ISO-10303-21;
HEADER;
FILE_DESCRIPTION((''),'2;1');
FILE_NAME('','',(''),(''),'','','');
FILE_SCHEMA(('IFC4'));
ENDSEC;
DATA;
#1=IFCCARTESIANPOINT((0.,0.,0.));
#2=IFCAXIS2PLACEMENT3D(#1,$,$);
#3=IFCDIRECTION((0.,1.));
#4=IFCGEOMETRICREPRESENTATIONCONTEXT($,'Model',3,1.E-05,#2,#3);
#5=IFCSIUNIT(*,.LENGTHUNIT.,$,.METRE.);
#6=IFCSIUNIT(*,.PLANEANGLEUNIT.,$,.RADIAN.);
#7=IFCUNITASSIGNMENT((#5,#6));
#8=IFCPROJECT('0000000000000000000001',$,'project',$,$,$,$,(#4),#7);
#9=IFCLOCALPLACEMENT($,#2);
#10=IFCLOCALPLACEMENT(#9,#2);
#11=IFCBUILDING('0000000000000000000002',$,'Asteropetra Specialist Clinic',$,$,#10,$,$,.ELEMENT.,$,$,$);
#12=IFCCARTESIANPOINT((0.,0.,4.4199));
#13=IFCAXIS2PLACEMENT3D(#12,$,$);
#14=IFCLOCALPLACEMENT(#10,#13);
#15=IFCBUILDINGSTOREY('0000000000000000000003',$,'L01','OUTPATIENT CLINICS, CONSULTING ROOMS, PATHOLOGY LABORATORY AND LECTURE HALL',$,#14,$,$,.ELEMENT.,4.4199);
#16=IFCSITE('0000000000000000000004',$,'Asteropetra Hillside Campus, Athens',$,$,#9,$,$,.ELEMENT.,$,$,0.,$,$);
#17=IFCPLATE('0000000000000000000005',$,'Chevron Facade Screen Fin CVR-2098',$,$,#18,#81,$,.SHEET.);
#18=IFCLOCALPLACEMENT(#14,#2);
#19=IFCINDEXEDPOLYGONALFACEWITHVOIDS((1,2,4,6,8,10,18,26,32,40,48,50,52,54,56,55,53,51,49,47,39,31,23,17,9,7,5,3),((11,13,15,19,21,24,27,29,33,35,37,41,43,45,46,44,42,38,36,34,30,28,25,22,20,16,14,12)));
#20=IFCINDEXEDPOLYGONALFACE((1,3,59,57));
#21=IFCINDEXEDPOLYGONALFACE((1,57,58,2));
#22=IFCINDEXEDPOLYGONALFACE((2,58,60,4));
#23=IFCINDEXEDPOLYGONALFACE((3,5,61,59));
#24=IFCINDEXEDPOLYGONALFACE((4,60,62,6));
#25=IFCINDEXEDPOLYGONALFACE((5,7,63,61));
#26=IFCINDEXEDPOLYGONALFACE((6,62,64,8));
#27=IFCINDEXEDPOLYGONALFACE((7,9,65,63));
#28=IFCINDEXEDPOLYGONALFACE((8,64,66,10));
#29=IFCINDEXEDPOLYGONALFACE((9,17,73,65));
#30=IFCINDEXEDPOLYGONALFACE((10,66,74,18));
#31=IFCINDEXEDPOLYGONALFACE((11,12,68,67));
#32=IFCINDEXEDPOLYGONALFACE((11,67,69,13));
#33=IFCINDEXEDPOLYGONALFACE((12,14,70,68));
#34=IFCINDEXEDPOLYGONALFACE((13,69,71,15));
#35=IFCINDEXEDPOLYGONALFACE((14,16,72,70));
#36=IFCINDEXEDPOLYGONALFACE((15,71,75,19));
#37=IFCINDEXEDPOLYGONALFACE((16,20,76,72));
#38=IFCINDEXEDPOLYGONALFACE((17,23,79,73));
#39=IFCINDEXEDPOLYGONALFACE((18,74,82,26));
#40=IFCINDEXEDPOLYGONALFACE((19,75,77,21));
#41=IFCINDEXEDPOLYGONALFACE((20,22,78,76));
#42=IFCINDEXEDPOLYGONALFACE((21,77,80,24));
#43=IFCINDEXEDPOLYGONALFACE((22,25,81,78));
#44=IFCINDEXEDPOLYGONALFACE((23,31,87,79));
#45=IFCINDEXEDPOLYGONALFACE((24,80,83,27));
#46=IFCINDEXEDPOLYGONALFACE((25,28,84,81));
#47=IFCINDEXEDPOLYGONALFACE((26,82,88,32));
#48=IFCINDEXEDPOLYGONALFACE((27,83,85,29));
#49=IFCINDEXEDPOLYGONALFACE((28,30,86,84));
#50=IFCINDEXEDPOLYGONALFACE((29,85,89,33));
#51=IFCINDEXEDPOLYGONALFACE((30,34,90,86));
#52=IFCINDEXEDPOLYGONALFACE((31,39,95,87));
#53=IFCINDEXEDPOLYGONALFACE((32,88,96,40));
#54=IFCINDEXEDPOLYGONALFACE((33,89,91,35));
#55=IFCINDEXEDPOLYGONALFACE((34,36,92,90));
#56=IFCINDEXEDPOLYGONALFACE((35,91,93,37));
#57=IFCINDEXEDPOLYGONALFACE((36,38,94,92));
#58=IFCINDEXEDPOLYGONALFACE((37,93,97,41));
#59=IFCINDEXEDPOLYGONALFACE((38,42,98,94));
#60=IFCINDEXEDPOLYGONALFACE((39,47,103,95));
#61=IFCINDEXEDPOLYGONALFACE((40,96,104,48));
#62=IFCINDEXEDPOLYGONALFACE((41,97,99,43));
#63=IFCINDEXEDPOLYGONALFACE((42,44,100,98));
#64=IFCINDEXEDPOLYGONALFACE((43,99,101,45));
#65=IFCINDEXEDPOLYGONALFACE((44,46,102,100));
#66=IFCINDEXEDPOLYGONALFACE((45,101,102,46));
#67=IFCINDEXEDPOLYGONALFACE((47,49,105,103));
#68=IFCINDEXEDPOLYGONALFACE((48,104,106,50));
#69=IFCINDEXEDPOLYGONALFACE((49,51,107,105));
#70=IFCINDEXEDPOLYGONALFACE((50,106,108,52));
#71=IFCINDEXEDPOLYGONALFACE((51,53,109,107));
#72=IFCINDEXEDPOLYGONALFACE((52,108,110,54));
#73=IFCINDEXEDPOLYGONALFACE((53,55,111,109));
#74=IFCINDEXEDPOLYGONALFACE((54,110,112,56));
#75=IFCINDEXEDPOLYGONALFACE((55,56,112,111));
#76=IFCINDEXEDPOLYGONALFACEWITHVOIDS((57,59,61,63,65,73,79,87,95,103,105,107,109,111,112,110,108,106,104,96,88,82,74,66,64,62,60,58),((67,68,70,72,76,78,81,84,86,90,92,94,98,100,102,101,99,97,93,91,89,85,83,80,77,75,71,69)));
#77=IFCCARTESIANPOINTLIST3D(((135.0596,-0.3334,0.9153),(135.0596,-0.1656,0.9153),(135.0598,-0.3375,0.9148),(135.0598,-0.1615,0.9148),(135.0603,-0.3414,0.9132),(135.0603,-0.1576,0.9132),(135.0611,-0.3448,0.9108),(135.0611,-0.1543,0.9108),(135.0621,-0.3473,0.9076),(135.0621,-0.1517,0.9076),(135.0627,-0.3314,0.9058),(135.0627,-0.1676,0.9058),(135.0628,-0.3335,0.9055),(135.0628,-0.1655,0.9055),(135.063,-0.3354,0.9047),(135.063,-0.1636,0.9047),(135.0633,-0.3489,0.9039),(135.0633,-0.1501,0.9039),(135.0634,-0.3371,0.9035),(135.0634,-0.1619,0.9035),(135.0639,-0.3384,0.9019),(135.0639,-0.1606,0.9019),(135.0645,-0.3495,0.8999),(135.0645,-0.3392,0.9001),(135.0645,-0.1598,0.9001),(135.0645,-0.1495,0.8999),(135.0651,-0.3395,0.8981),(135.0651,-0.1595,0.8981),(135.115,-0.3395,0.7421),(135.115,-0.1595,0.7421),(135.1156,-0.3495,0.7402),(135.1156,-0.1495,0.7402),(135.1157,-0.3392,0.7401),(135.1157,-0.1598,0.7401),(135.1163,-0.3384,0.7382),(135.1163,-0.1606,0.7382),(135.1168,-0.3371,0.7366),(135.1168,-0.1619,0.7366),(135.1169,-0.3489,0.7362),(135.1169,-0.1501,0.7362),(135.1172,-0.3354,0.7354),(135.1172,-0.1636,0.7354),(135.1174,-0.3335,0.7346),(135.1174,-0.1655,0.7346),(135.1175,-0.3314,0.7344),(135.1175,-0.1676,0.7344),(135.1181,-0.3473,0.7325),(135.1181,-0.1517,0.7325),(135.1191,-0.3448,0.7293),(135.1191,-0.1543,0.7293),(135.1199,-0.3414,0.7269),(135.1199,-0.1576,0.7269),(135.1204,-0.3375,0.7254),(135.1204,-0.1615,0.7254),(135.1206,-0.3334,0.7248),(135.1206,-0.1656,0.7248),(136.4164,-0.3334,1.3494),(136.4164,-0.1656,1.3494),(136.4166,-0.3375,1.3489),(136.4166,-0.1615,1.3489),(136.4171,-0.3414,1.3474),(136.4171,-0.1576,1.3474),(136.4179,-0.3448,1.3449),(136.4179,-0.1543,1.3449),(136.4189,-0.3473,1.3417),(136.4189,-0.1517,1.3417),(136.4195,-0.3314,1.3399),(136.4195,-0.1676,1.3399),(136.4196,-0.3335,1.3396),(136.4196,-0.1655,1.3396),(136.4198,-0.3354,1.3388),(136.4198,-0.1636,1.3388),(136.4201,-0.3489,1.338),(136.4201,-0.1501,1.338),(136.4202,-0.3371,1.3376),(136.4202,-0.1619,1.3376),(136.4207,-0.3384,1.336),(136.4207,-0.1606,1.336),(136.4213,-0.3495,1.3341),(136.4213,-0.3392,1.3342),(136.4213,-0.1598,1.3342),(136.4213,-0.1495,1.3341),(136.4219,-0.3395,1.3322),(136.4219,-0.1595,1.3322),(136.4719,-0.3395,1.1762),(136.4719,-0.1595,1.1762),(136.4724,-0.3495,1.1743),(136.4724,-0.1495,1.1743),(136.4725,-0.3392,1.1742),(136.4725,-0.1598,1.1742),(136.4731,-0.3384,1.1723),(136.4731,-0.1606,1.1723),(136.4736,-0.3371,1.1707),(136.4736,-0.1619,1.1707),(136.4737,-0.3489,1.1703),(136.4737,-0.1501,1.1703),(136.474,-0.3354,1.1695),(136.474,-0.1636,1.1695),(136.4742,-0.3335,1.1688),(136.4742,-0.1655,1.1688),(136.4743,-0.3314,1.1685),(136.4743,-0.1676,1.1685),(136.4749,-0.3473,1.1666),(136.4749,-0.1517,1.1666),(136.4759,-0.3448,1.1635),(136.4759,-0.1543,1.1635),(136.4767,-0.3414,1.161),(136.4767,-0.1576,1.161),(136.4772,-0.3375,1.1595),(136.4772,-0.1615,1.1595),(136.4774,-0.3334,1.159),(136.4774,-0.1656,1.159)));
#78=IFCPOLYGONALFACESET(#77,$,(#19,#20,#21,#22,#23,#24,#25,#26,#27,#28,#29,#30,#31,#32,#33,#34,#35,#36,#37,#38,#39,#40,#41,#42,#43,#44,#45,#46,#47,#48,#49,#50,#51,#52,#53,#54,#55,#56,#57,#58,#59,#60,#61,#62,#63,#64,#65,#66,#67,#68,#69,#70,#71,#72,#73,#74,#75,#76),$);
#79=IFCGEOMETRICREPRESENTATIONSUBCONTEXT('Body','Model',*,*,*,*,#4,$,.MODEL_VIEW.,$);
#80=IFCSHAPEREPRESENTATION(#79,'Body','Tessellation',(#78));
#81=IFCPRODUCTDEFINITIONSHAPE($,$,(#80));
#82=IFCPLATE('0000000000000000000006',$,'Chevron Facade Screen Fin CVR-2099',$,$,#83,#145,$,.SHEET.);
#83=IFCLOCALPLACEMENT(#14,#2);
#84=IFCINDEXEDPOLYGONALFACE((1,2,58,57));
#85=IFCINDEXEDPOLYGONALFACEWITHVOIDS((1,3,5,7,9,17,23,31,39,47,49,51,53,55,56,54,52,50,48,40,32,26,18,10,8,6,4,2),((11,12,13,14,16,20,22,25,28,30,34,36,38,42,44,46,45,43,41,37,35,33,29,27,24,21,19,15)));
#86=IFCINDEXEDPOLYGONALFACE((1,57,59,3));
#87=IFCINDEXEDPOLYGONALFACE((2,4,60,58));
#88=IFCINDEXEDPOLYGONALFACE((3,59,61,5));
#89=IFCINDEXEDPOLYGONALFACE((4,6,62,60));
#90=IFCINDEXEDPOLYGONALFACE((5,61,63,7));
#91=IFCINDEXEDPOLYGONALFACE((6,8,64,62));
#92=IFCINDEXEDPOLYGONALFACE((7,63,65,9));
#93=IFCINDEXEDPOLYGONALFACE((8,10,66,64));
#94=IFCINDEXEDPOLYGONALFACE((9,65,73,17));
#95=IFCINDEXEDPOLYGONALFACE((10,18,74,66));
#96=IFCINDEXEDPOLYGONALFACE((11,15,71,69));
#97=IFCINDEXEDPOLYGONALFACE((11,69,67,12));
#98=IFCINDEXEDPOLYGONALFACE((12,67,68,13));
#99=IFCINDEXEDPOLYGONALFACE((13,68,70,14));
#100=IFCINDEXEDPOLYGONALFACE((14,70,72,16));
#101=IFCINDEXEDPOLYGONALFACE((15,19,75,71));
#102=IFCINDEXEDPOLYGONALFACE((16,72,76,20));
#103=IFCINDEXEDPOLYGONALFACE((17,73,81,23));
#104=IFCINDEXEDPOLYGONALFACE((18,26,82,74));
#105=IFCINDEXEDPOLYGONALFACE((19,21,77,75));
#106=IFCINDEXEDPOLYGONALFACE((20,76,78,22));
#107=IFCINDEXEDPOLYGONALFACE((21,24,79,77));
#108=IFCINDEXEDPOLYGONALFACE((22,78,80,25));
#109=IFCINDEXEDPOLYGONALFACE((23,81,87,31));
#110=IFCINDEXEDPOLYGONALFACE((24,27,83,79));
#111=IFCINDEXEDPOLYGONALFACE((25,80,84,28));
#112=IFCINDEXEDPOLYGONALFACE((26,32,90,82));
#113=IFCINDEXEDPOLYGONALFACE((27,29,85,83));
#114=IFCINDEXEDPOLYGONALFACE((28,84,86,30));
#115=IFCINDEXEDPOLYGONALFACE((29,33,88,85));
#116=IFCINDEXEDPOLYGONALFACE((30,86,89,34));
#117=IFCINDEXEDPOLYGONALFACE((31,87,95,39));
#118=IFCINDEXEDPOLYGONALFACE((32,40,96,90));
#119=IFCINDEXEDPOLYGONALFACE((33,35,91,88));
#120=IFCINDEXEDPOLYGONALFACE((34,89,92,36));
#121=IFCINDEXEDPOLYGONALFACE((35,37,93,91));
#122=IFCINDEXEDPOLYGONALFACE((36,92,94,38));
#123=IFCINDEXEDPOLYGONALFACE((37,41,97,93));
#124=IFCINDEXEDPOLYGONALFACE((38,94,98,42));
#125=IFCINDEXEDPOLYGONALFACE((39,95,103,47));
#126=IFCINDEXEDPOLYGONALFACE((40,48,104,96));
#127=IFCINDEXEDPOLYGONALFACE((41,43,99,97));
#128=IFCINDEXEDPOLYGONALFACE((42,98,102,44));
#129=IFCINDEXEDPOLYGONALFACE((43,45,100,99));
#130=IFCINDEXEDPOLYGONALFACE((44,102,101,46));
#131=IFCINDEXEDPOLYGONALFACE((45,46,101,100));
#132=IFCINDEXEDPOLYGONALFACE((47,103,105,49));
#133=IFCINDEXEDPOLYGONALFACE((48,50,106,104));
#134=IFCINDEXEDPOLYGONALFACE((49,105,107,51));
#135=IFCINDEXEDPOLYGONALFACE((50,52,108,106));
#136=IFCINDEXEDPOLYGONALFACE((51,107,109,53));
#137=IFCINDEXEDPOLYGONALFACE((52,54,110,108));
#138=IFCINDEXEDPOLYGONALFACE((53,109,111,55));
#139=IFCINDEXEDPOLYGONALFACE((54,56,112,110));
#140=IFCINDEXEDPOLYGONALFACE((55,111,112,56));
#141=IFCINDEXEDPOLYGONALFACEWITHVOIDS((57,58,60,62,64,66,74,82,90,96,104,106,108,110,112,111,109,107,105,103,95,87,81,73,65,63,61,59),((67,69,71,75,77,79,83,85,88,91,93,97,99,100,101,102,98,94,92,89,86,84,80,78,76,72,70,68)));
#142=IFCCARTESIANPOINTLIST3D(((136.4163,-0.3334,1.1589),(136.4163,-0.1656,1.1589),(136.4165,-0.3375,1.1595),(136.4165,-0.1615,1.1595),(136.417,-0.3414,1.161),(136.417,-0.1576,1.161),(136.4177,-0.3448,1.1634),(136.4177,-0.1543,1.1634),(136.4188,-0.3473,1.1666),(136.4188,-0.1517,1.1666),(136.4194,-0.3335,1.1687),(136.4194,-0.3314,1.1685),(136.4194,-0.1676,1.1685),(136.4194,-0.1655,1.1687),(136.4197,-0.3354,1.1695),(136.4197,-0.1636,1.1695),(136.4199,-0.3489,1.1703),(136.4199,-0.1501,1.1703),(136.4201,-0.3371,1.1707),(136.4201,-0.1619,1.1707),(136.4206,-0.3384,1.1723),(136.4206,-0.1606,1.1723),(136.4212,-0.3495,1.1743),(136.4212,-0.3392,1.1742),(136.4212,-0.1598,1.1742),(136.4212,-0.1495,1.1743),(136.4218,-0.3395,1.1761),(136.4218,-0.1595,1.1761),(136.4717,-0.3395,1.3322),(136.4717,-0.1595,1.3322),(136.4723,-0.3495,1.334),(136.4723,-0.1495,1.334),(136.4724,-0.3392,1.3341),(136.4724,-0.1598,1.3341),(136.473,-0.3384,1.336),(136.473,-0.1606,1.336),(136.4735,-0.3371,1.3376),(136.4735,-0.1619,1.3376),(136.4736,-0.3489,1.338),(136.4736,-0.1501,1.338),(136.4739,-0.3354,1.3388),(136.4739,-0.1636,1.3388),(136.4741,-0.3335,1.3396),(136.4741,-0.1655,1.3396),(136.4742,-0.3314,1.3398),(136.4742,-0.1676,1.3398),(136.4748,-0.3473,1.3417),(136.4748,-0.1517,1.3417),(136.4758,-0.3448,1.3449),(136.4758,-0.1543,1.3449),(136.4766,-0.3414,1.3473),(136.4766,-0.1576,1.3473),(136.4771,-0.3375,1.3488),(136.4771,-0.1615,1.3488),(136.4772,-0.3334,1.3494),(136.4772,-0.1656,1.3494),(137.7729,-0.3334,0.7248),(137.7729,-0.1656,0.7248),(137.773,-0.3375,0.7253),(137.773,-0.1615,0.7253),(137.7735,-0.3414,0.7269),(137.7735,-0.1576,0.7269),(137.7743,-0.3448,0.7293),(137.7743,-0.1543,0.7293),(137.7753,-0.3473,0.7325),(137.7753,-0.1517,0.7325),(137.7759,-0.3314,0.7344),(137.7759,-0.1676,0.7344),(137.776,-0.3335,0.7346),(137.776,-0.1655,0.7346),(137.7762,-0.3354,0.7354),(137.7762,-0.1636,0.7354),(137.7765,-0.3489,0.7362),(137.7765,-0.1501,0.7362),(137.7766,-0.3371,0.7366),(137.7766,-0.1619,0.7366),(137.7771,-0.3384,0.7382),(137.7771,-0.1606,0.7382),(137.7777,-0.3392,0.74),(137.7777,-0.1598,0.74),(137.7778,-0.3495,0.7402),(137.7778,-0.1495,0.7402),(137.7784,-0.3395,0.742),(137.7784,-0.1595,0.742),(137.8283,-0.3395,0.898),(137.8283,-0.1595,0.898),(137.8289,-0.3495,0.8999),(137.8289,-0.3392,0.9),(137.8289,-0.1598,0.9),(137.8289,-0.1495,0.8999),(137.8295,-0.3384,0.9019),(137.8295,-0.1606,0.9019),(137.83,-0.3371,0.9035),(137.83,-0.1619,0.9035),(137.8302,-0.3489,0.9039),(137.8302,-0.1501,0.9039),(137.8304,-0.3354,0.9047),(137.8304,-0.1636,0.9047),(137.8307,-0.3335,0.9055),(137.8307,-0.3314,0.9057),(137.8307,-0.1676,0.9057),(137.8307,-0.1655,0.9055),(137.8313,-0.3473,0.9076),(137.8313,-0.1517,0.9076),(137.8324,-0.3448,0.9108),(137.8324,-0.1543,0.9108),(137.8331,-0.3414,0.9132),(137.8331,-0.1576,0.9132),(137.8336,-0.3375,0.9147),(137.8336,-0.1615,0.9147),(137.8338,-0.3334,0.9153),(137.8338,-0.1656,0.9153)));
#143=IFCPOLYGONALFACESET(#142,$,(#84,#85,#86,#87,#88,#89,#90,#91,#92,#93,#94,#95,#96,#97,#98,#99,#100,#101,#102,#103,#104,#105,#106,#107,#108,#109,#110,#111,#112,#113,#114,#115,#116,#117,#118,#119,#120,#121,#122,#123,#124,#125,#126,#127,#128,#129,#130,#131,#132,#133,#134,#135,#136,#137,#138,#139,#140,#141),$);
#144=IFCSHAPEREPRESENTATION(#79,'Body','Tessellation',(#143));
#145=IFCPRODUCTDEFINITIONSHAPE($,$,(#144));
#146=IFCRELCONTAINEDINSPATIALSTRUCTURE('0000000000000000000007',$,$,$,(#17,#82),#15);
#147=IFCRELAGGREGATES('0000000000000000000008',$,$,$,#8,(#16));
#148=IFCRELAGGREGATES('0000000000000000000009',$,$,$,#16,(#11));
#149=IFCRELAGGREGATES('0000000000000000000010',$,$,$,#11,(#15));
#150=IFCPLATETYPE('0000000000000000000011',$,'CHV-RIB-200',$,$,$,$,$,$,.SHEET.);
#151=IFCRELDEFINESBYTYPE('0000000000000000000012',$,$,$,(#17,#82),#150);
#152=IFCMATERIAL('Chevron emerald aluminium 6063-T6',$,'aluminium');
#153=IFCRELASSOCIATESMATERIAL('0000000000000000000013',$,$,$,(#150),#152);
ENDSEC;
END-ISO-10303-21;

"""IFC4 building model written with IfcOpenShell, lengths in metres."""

from ifc_helpers import new_model, si_unit, direction, frame, origin, origin_2d, place, context, subcontext, project, spatial, hollow_rectangle, extrude, material, material_profile, profile_set, type_object, element, save


model = new_model("IFC4")

# Units and contexts
model_context = context("Model", 3, precision=1e-05, world=origin(), true_north=direction((0.0, 1.0)))
body_context = subcontext(model_context, "Body", "Model", "MODEL_VIEW")
ifc_project = project(units=[si_unit("LENGTHUNIT", "METRE"), si_unit("PLANEANGLEUNIT", "RADIAN")], contexts=[model_context])

# Site, building, storey
site_placement = place(None, origin())
site = spatial("IfcSite", under=ifc_project, at=site_placement, Name="Asteropetra Hillside Campus, Athens", CompositionType="ELEMENT", RefElevation=0.0)
building_placement = place(site_placement, origin())
building = spatial("IfcBuilding", under=site, at=building_placement, Name="Asteropetra Specialist Clinic", CompositionType="ELEMENT")
storey_placement = place(building_placement, frame((0.0, 0.0, 4.4199)))
storey = spatial("IfcBuildingStorey", under=building, at=storey_placement, Name="L01", Description="OUTPATIENT CLINICS, CONSULTING ROOMS, PATHOLOGY LABORATORY AND LECTURE HALL", CompositionType="ELEMENT", Elevation=4.4199)

# Plates
ifc_material_1 = material(Name="Chevron emerald aluminium 6063-T6", Category="aluminium")
ifc_material_profile_1 = material_profile(ifc_material_1, hollow_rectangle(XDim=0.2, YDim=0.2, WallThickness=0.01, InnerFilletRadius=0.0081, OuterFilletRadius=0.0161, at=origin_2d()), Name="SHS 200x200x10.0")
ifc_profile_set_1 = profile_set([ifc_material_profile_1], Name="Chevron emerald aluminium 6063-T6")
plate_type = type_object("IfcPlateType", Name="CHV-RIB-200", PredefinedType="SHEET", material=ifc_profile_set_1)
plate_1_placement = place(storey_placement, frame((135.0901, -0.2495, 0.8201), z_axis=(0.952436, 0.0, 0.304738), x_axis=(0.0, 1.0, 0.0)))
element("IfcPlate", 1, at=plate_1_placement, inside=storey, type_object=plate_type, Name="Chevron Facade Screen Fin CVR-2098", PredefinedType="SHEET", context=body_context, shape_type="SweptSolid", body=[
    extrude(hollow_rectangle(XDim=0.2, YDim=0.2, WallThickness=0.01, InnerFilletRadius=0.0081, OuterFilletRadius=0.0161, at=origin_2d()), origin(), (0.0, 0.0, 1.0), 1.4246),
])
plate_2_placement = place(storey_placement, frame((136.4468, -0.2495, 1.2542), z_axis=(0.95242, 0.0, -0.304788), x_axis=(0.0, 1.0, 0.0)))
element("IfcPlate", 2, at=plate_2_placement, inside=storey, type_object=plate_type, Name="Chevron Facade Screen Fin CVR-2099", PredefinedType="SHEET", context=body_context, shape_type="SweptSolid", body=[
    extrude(hollow_rectangle(XDim=0.2, YDim=0.2, WallThickness=0.01, InnerFilletRadius=0.0081, OuterFilletRadius=0.0161, at=origin_2d()), origin(), (0.0, 0.0, 1.0), 1.4243),
])

save(model, "model.ifc")
